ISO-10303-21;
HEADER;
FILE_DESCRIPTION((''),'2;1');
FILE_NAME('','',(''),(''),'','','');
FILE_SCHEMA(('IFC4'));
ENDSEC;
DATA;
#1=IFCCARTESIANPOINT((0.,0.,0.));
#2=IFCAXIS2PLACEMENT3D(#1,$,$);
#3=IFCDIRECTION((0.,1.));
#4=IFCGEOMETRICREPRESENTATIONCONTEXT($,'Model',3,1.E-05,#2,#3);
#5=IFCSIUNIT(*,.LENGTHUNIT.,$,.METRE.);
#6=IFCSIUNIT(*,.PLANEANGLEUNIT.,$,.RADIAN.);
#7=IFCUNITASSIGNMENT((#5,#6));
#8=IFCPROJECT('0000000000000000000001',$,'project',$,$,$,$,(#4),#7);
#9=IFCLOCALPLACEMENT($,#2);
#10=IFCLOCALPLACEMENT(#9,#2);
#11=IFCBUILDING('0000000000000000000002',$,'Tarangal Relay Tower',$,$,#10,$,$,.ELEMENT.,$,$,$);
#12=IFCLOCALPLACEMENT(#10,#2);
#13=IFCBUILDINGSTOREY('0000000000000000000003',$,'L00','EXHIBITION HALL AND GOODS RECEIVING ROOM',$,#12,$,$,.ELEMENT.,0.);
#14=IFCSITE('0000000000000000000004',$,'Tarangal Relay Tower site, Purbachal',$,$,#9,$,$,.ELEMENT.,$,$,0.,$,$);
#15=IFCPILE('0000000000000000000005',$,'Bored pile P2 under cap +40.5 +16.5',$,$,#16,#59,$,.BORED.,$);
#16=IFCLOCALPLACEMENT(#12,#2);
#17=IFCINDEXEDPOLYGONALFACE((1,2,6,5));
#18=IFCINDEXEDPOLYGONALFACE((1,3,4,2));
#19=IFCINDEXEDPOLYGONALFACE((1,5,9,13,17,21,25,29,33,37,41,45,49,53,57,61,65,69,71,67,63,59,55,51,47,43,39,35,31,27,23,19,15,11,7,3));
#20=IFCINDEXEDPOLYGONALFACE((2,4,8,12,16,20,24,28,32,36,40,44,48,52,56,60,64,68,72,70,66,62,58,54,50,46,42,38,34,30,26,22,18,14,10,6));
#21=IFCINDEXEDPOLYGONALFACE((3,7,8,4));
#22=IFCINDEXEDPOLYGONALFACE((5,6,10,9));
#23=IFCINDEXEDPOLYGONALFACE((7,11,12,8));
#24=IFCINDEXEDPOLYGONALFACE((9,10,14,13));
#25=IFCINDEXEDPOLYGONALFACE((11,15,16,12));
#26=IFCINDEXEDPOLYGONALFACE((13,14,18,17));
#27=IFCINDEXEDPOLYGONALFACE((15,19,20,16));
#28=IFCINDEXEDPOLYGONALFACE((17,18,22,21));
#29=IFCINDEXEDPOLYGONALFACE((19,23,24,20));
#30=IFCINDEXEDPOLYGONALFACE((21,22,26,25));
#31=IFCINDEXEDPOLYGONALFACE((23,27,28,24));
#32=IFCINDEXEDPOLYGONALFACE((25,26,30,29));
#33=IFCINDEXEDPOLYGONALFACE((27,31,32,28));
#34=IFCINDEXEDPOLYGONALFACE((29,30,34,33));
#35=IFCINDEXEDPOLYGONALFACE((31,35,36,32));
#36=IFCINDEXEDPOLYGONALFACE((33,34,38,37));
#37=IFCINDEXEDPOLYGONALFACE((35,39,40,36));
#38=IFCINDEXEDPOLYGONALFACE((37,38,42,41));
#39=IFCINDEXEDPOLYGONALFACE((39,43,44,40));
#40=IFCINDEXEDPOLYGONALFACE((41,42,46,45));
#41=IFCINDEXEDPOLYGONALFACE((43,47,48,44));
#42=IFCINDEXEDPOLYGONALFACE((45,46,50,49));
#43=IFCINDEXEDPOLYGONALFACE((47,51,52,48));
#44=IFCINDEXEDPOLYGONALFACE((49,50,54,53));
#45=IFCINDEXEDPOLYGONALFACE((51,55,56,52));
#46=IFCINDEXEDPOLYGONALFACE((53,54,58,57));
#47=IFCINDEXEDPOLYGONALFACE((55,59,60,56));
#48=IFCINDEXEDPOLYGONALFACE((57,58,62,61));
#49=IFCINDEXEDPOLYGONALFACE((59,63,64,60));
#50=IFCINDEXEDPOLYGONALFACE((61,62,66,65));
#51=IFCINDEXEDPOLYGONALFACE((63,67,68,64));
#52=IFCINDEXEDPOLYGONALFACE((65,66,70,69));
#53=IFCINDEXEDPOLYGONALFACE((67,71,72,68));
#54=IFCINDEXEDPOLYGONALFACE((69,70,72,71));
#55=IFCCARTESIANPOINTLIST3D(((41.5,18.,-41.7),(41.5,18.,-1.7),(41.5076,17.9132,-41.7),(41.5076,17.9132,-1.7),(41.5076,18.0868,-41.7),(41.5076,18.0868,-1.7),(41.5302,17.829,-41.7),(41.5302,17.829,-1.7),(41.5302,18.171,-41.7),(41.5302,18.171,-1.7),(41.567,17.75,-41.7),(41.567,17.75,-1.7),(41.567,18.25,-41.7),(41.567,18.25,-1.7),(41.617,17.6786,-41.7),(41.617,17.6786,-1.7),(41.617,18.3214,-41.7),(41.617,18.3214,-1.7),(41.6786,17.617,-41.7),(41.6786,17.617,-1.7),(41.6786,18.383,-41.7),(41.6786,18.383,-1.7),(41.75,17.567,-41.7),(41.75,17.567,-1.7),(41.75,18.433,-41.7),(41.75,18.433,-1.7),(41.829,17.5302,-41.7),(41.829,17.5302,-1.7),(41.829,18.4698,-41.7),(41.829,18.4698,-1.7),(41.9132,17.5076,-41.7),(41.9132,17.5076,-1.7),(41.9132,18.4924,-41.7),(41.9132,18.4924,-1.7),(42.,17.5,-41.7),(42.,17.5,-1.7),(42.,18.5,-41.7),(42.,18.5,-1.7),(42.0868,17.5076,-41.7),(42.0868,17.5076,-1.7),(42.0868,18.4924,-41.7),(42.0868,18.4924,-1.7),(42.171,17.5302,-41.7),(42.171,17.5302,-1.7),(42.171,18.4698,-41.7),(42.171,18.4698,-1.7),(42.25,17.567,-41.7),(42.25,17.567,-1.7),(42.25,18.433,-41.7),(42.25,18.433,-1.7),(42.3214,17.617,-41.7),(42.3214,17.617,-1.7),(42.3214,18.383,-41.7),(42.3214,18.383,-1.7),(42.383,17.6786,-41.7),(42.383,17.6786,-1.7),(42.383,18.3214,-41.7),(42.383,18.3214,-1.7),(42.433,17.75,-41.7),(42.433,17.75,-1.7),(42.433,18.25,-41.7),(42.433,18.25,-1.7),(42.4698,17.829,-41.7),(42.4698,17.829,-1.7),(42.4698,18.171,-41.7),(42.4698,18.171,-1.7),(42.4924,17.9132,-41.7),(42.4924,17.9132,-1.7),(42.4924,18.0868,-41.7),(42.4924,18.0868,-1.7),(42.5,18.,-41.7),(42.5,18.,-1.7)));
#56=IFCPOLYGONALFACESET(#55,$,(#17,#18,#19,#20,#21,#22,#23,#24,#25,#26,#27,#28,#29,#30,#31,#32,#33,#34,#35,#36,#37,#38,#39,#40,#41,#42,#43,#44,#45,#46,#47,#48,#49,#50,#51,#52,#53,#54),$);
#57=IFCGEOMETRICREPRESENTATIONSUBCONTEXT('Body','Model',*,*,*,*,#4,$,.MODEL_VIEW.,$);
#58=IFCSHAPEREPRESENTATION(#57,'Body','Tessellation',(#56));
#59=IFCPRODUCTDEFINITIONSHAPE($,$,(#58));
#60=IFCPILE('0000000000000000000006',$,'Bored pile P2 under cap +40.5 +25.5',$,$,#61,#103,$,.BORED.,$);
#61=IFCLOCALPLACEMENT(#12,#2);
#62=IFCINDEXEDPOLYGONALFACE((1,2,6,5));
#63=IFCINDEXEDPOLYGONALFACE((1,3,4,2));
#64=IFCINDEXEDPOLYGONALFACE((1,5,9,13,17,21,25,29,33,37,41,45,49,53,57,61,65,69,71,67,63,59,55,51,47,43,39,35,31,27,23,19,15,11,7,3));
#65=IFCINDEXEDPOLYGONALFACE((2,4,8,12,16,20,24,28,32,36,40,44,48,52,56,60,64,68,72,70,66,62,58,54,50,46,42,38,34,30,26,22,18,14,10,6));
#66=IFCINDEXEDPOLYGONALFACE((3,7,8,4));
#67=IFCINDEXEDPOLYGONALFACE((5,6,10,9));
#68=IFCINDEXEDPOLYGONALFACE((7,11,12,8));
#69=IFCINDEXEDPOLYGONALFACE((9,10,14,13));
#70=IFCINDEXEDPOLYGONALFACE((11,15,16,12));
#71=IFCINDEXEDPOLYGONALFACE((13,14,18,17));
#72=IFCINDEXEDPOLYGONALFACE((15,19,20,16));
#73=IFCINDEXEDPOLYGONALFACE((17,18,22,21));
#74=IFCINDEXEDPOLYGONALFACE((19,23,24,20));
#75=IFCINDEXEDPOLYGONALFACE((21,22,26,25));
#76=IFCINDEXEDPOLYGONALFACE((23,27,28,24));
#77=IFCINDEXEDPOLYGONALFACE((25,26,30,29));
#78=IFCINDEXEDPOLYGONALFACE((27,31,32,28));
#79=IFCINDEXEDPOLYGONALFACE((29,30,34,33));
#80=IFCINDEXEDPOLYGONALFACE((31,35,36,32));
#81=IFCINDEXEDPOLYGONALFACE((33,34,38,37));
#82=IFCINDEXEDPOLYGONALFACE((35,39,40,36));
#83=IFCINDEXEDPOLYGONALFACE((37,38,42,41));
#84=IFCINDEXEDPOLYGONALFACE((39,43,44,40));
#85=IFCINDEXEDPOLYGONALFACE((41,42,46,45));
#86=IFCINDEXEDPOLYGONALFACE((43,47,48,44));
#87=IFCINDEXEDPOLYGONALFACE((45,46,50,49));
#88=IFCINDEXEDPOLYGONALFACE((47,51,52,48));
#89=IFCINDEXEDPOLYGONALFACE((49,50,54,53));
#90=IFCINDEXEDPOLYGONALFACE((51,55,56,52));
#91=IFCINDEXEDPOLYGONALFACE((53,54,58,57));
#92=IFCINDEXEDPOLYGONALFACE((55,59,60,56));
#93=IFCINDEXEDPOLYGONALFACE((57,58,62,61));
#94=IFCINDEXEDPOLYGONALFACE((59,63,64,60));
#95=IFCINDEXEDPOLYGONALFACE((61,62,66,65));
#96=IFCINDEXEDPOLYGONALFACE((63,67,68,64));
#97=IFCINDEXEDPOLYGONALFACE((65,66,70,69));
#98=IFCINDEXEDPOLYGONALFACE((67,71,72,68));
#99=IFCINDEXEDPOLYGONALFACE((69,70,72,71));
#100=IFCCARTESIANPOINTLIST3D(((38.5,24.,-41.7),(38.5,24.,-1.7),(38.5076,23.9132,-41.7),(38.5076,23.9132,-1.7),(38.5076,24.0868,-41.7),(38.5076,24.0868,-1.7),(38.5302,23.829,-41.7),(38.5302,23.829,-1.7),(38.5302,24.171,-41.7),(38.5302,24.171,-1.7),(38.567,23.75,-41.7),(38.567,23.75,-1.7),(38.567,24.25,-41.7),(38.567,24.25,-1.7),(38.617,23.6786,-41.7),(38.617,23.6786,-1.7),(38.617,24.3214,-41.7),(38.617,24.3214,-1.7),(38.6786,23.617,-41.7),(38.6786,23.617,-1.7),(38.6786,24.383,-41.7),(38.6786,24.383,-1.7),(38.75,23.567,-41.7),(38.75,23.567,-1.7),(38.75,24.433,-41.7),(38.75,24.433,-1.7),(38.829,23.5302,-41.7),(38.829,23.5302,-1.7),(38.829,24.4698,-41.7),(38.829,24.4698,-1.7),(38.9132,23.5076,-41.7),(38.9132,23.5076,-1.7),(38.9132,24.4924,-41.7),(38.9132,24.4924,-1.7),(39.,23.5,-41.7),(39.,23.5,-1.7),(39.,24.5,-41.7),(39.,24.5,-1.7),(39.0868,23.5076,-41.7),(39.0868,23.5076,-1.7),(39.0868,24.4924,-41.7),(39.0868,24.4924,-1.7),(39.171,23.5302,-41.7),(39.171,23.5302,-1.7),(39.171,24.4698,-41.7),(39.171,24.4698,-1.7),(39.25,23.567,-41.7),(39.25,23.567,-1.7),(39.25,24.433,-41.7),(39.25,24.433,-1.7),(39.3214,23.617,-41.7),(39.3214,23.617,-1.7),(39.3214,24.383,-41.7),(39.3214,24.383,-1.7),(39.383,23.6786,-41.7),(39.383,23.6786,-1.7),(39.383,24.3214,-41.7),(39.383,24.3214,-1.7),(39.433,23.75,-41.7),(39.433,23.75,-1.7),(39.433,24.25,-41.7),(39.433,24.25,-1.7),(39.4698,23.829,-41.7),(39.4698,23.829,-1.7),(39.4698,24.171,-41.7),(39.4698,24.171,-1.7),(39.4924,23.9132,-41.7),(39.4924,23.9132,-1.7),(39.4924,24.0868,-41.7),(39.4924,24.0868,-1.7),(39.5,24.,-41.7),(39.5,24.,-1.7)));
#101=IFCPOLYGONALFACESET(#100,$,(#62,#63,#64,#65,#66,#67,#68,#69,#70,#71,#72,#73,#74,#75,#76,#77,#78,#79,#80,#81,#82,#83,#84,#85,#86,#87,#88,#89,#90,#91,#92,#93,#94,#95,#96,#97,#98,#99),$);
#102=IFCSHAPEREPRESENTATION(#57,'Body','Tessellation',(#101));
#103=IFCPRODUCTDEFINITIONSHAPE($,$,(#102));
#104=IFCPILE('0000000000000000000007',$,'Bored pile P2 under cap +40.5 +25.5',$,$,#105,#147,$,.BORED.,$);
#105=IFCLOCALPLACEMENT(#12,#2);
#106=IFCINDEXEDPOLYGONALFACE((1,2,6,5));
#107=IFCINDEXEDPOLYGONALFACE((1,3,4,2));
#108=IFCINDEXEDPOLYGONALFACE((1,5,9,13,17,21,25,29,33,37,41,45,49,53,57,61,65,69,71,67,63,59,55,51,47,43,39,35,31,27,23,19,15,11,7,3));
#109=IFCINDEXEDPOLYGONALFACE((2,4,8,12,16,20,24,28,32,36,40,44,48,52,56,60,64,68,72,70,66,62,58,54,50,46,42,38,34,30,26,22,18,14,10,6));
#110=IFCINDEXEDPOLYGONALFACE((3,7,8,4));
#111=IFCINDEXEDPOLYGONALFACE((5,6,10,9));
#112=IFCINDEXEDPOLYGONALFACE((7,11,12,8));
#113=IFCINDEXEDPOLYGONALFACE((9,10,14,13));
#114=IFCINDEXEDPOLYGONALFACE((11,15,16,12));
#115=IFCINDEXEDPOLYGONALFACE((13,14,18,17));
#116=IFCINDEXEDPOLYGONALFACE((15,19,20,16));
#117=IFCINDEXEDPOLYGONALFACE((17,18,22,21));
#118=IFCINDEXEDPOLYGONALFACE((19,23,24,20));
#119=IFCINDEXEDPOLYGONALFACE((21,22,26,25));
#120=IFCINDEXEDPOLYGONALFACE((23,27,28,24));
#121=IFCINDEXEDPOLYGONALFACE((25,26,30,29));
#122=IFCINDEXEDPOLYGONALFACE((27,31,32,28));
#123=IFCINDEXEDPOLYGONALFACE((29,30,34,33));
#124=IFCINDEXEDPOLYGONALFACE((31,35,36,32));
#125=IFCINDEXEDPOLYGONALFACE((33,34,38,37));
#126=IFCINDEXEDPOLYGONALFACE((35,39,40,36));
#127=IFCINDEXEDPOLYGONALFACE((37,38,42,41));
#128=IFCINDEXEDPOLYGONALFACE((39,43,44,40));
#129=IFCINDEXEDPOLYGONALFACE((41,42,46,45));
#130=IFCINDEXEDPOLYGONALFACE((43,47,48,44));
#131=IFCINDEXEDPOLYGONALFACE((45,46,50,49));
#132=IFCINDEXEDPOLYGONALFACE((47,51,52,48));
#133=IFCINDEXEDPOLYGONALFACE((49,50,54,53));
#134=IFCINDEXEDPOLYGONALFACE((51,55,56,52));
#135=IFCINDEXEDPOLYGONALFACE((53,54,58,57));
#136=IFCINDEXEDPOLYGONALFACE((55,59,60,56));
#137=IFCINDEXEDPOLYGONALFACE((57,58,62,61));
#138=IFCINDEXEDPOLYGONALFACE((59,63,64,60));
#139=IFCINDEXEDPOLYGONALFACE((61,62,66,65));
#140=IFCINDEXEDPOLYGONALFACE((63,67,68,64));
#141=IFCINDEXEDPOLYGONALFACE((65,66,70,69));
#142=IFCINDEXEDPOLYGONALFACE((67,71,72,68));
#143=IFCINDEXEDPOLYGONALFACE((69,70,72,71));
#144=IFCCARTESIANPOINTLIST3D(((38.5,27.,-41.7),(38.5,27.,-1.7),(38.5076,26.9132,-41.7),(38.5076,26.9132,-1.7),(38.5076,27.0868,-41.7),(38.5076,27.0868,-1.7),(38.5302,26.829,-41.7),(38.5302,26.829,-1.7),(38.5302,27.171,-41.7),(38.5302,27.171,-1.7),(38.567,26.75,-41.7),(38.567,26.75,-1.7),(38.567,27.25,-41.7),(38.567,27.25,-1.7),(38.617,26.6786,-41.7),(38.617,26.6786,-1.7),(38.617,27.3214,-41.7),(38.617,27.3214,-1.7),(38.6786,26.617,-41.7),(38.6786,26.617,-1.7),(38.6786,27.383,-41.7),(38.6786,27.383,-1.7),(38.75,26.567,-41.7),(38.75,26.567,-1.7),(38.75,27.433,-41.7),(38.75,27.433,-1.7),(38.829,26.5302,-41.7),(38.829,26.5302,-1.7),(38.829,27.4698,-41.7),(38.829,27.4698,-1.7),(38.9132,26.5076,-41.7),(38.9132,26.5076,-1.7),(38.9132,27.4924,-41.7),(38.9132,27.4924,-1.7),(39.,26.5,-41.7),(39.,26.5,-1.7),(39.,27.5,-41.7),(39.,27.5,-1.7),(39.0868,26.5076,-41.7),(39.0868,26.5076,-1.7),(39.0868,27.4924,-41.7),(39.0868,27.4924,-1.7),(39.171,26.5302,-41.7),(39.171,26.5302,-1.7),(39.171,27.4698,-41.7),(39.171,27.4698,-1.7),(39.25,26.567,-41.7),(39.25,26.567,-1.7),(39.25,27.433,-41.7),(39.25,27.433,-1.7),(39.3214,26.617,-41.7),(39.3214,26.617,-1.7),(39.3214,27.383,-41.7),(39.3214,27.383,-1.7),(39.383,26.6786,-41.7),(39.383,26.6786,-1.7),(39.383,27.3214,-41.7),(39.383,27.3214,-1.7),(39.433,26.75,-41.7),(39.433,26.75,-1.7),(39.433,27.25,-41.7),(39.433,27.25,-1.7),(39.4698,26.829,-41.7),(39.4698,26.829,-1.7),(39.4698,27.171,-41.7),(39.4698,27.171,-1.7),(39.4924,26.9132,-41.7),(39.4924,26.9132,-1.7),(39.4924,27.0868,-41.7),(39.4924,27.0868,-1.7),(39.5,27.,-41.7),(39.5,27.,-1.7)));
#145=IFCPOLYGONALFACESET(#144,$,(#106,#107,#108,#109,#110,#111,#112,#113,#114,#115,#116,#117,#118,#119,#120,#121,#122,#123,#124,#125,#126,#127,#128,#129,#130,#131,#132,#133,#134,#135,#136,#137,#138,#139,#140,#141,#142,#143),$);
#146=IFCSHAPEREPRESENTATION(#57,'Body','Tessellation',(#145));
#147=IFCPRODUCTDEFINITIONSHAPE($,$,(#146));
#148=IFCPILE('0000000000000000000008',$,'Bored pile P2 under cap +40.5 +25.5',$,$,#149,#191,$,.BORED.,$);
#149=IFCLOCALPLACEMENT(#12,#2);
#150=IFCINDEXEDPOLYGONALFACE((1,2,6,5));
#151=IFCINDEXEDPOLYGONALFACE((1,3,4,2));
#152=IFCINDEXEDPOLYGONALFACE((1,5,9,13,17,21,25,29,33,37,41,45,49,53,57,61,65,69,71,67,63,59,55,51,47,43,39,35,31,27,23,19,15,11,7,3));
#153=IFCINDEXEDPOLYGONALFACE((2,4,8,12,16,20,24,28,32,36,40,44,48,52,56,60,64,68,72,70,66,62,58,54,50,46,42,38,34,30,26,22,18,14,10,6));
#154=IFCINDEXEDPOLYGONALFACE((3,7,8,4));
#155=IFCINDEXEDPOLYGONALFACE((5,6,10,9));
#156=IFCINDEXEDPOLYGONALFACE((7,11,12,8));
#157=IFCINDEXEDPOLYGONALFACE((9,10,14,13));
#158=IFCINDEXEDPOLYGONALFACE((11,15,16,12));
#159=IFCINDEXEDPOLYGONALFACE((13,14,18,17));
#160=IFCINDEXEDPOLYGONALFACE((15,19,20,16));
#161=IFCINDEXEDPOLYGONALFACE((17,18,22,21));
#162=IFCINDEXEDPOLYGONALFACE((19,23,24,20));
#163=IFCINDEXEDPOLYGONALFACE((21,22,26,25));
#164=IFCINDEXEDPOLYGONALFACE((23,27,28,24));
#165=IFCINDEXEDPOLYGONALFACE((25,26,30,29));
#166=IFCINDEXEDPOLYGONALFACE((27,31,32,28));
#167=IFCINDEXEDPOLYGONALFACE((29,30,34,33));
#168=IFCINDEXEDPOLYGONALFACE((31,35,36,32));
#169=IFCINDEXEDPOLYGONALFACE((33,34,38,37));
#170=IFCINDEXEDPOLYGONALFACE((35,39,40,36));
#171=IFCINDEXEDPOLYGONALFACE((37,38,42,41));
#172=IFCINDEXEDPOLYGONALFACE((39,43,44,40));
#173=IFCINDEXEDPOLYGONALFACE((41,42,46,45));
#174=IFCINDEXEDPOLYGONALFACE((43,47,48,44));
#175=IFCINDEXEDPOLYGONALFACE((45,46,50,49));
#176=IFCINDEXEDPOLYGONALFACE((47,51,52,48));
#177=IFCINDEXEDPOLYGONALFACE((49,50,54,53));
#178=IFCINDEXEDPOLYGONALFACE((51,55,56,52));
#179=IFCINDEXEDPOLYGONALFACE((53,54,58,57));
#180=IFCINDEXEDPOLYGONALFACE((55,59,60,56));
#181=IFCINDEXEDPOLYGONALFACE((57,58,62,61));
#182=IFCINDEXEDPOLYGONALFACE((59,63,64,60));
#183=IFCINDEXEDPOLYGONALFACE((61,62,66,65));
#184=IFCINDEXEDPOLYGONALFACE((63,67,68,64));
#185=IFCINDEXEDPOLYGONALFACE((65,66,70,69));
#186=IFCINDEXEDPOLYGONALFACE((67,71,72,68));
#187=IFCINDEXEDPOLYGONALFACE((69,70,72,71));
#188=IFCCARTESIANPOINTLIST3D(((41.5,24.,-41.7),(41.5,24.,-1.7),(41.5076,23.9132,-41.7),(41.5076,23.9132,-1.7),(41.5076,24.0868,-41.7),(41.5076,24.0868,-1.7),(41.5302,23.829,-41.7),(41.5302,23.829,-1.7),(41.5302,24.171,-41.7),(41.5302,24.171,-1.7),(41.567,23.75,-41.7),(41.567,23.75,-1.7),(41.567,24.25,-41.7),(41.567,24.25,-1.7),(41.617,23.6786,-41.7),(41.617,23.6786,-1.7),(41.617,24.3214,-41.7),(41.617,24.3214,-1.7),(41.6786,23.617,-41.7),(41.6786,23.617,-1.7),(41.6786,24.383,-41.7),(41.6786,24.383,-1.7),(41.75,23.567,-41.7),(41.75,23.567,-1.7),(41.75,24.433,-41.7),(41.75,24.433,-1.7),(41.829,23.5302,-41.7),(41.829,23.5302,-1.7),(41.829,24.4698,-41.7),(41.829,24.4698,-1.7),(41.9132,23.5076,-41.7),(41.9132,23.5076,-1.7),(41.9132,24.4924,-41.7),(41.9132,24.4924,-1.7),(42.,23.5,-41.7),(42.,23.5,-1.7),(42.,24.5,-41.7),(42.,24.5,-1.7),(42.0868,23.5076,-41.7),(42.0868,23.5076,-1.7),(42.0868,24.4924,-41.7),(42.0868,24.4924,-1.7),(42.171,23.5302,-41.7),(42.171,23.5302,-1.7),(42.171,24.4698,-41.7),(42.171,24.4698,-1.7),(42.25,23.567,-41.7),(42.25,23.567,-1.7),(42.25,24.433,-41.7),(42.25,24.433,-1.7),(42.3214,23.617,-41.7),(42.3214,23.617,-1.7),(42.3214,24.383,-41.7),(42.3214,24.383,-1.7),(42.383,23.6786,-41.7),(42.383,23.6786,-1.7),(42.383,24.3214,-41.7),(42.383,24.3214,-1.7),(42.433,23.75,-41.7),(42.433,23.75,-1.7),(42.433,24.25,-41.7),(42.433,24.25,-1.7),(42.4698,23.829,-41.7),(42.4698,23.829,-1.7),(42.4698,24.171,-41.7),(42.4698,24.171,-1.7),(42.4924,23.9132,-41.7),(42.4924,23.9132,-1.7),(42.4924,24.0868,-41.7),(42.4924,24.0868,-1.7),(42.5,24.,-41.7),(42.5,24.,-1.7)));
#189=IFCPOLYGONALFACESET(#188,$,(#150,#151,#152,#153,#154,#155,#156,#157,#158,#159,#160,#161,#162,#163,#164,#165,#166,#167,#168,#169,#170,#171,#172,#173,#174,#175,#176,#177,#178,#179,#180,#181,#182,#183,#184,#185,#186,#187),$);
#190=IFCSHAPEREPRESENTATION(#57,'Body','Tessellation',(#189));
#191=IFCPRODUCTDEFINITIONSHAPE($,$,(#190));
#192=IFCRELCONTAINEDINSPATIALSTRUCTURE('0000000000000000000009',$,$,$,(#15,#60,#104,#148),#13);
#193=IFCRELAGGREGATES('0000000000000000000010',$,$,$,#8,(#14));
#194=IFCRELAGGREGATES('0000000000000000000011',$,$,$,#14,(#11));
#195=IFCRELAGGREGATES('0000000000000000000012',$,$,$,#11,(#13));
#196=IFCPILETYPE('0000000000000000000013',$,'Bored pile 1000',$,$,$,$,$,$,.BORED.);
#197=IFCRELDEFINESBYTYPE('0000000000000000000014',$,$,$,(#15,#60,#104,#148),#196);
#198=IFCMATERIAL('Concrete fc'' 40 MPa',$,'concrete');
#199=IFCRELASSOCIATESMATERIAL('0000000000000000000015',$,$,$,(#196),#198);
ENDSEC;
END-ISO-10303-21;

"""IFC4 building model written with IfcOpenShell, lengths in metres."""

from ifc_helpers import new_model, si_unit, direction, frame, origin, origin_2d, place, context, subcontext, project, spatial, circle, extrude, material, material_profile, profile_set, type_object, element, save


model = new_model("IFC4")

# Units and contexts
model_context = context("Model", 3, precision=1e-05, world=origin(), true_north=direction((0.0, 1.0)))
body_context = subcontext(model_context, "Body", "Model", "MODEL_VIEW")
ifc_project = project(units=[si_unit("LENGTHUNIT", "METRE"), si_unit("PLANEANGLEUNIT", "RADIAN")], contexts=[model_context])

# Site, building, storey
site_placement = place(None, origin())
site = spatial("IfcSite", under=ifc_project, at=site_placement, Name="Tarangal Relay Tower site, Purbachal", CompositionType="ELEMENT", RefElevation=0.0)
building_placement = place(site_placement, origin())
building = spatial("IfcBuilding", under=site, at=building_placement, Name="Tarangal Relay Tower", CompositionType="ELEMENT")
storey_placement = place(building_placement, origin())
storey = spatial("IfcBuildingStorey", under=building, at=storey_placement, Name="L00", Description="EXHIBITION HALL AND GOODS RECEIVING ROOM", CompositionType="ELEMENT", Elevation=0.0)

# Piles
ifc_material_1 = material(Name="Concrete fc' 40 MPa", Category="concrete")
ifc_material_profile_1 = material_profile(ifc_material_1, circle(Radius=0.5, at=origin_2d()), Name="D1000")
ifc_profile_set_1 = profile_set([ifc_material_profile_1], Name="Concrete fc' 40 MPa")
pile_type = type_object("IfcPileType", Name="Bored pile 1000", PredefinedType="BORED", material=ifc_profile_set_1)
for number, where, z_axis, x_axis, name in (
    (1, (42.0, 18.0, -1.7), (0.0, 0.0, -1.0), (1.0, 0.0, 0.0), "Bored pile P2 under cap +40.5 +16.5"),
    (2, (39.0, 24.0, -1.7), (0.0, 0.0, -1.0), (1.0, 0.0, 0.0), "Bored pile P2 under cap +40.5 +25.5"),
    (3, (39.0, 27.0, -1.7), (0.0, 0.0, -1.0), (1.0, 0.0, 0.0), "Bored pile P2 under cap +40.5 +25.5"),
    (4, (42.0, 24.0, -1.7), (0.0, 0.0, -1.0), (1.0, 0.0, 0.0), "Bored pile P2 under cap +40.5 +25.5"),
):
    element("IfcPile", number, at=place(storey_placement, frame(where, z_axis=z_axis, x_axis=x_axis)), inside=storey, type_object=pile_type, Name=name, PredefinedType="BORED", context=body_context, shape_type="SweptSolid", body=[
        extrude(circle(Radius=0.5, at=origin_2d()), origin(), (0.0, 0.0, 1.0), 40.0),
    ])

save(model, "model.ifc")
